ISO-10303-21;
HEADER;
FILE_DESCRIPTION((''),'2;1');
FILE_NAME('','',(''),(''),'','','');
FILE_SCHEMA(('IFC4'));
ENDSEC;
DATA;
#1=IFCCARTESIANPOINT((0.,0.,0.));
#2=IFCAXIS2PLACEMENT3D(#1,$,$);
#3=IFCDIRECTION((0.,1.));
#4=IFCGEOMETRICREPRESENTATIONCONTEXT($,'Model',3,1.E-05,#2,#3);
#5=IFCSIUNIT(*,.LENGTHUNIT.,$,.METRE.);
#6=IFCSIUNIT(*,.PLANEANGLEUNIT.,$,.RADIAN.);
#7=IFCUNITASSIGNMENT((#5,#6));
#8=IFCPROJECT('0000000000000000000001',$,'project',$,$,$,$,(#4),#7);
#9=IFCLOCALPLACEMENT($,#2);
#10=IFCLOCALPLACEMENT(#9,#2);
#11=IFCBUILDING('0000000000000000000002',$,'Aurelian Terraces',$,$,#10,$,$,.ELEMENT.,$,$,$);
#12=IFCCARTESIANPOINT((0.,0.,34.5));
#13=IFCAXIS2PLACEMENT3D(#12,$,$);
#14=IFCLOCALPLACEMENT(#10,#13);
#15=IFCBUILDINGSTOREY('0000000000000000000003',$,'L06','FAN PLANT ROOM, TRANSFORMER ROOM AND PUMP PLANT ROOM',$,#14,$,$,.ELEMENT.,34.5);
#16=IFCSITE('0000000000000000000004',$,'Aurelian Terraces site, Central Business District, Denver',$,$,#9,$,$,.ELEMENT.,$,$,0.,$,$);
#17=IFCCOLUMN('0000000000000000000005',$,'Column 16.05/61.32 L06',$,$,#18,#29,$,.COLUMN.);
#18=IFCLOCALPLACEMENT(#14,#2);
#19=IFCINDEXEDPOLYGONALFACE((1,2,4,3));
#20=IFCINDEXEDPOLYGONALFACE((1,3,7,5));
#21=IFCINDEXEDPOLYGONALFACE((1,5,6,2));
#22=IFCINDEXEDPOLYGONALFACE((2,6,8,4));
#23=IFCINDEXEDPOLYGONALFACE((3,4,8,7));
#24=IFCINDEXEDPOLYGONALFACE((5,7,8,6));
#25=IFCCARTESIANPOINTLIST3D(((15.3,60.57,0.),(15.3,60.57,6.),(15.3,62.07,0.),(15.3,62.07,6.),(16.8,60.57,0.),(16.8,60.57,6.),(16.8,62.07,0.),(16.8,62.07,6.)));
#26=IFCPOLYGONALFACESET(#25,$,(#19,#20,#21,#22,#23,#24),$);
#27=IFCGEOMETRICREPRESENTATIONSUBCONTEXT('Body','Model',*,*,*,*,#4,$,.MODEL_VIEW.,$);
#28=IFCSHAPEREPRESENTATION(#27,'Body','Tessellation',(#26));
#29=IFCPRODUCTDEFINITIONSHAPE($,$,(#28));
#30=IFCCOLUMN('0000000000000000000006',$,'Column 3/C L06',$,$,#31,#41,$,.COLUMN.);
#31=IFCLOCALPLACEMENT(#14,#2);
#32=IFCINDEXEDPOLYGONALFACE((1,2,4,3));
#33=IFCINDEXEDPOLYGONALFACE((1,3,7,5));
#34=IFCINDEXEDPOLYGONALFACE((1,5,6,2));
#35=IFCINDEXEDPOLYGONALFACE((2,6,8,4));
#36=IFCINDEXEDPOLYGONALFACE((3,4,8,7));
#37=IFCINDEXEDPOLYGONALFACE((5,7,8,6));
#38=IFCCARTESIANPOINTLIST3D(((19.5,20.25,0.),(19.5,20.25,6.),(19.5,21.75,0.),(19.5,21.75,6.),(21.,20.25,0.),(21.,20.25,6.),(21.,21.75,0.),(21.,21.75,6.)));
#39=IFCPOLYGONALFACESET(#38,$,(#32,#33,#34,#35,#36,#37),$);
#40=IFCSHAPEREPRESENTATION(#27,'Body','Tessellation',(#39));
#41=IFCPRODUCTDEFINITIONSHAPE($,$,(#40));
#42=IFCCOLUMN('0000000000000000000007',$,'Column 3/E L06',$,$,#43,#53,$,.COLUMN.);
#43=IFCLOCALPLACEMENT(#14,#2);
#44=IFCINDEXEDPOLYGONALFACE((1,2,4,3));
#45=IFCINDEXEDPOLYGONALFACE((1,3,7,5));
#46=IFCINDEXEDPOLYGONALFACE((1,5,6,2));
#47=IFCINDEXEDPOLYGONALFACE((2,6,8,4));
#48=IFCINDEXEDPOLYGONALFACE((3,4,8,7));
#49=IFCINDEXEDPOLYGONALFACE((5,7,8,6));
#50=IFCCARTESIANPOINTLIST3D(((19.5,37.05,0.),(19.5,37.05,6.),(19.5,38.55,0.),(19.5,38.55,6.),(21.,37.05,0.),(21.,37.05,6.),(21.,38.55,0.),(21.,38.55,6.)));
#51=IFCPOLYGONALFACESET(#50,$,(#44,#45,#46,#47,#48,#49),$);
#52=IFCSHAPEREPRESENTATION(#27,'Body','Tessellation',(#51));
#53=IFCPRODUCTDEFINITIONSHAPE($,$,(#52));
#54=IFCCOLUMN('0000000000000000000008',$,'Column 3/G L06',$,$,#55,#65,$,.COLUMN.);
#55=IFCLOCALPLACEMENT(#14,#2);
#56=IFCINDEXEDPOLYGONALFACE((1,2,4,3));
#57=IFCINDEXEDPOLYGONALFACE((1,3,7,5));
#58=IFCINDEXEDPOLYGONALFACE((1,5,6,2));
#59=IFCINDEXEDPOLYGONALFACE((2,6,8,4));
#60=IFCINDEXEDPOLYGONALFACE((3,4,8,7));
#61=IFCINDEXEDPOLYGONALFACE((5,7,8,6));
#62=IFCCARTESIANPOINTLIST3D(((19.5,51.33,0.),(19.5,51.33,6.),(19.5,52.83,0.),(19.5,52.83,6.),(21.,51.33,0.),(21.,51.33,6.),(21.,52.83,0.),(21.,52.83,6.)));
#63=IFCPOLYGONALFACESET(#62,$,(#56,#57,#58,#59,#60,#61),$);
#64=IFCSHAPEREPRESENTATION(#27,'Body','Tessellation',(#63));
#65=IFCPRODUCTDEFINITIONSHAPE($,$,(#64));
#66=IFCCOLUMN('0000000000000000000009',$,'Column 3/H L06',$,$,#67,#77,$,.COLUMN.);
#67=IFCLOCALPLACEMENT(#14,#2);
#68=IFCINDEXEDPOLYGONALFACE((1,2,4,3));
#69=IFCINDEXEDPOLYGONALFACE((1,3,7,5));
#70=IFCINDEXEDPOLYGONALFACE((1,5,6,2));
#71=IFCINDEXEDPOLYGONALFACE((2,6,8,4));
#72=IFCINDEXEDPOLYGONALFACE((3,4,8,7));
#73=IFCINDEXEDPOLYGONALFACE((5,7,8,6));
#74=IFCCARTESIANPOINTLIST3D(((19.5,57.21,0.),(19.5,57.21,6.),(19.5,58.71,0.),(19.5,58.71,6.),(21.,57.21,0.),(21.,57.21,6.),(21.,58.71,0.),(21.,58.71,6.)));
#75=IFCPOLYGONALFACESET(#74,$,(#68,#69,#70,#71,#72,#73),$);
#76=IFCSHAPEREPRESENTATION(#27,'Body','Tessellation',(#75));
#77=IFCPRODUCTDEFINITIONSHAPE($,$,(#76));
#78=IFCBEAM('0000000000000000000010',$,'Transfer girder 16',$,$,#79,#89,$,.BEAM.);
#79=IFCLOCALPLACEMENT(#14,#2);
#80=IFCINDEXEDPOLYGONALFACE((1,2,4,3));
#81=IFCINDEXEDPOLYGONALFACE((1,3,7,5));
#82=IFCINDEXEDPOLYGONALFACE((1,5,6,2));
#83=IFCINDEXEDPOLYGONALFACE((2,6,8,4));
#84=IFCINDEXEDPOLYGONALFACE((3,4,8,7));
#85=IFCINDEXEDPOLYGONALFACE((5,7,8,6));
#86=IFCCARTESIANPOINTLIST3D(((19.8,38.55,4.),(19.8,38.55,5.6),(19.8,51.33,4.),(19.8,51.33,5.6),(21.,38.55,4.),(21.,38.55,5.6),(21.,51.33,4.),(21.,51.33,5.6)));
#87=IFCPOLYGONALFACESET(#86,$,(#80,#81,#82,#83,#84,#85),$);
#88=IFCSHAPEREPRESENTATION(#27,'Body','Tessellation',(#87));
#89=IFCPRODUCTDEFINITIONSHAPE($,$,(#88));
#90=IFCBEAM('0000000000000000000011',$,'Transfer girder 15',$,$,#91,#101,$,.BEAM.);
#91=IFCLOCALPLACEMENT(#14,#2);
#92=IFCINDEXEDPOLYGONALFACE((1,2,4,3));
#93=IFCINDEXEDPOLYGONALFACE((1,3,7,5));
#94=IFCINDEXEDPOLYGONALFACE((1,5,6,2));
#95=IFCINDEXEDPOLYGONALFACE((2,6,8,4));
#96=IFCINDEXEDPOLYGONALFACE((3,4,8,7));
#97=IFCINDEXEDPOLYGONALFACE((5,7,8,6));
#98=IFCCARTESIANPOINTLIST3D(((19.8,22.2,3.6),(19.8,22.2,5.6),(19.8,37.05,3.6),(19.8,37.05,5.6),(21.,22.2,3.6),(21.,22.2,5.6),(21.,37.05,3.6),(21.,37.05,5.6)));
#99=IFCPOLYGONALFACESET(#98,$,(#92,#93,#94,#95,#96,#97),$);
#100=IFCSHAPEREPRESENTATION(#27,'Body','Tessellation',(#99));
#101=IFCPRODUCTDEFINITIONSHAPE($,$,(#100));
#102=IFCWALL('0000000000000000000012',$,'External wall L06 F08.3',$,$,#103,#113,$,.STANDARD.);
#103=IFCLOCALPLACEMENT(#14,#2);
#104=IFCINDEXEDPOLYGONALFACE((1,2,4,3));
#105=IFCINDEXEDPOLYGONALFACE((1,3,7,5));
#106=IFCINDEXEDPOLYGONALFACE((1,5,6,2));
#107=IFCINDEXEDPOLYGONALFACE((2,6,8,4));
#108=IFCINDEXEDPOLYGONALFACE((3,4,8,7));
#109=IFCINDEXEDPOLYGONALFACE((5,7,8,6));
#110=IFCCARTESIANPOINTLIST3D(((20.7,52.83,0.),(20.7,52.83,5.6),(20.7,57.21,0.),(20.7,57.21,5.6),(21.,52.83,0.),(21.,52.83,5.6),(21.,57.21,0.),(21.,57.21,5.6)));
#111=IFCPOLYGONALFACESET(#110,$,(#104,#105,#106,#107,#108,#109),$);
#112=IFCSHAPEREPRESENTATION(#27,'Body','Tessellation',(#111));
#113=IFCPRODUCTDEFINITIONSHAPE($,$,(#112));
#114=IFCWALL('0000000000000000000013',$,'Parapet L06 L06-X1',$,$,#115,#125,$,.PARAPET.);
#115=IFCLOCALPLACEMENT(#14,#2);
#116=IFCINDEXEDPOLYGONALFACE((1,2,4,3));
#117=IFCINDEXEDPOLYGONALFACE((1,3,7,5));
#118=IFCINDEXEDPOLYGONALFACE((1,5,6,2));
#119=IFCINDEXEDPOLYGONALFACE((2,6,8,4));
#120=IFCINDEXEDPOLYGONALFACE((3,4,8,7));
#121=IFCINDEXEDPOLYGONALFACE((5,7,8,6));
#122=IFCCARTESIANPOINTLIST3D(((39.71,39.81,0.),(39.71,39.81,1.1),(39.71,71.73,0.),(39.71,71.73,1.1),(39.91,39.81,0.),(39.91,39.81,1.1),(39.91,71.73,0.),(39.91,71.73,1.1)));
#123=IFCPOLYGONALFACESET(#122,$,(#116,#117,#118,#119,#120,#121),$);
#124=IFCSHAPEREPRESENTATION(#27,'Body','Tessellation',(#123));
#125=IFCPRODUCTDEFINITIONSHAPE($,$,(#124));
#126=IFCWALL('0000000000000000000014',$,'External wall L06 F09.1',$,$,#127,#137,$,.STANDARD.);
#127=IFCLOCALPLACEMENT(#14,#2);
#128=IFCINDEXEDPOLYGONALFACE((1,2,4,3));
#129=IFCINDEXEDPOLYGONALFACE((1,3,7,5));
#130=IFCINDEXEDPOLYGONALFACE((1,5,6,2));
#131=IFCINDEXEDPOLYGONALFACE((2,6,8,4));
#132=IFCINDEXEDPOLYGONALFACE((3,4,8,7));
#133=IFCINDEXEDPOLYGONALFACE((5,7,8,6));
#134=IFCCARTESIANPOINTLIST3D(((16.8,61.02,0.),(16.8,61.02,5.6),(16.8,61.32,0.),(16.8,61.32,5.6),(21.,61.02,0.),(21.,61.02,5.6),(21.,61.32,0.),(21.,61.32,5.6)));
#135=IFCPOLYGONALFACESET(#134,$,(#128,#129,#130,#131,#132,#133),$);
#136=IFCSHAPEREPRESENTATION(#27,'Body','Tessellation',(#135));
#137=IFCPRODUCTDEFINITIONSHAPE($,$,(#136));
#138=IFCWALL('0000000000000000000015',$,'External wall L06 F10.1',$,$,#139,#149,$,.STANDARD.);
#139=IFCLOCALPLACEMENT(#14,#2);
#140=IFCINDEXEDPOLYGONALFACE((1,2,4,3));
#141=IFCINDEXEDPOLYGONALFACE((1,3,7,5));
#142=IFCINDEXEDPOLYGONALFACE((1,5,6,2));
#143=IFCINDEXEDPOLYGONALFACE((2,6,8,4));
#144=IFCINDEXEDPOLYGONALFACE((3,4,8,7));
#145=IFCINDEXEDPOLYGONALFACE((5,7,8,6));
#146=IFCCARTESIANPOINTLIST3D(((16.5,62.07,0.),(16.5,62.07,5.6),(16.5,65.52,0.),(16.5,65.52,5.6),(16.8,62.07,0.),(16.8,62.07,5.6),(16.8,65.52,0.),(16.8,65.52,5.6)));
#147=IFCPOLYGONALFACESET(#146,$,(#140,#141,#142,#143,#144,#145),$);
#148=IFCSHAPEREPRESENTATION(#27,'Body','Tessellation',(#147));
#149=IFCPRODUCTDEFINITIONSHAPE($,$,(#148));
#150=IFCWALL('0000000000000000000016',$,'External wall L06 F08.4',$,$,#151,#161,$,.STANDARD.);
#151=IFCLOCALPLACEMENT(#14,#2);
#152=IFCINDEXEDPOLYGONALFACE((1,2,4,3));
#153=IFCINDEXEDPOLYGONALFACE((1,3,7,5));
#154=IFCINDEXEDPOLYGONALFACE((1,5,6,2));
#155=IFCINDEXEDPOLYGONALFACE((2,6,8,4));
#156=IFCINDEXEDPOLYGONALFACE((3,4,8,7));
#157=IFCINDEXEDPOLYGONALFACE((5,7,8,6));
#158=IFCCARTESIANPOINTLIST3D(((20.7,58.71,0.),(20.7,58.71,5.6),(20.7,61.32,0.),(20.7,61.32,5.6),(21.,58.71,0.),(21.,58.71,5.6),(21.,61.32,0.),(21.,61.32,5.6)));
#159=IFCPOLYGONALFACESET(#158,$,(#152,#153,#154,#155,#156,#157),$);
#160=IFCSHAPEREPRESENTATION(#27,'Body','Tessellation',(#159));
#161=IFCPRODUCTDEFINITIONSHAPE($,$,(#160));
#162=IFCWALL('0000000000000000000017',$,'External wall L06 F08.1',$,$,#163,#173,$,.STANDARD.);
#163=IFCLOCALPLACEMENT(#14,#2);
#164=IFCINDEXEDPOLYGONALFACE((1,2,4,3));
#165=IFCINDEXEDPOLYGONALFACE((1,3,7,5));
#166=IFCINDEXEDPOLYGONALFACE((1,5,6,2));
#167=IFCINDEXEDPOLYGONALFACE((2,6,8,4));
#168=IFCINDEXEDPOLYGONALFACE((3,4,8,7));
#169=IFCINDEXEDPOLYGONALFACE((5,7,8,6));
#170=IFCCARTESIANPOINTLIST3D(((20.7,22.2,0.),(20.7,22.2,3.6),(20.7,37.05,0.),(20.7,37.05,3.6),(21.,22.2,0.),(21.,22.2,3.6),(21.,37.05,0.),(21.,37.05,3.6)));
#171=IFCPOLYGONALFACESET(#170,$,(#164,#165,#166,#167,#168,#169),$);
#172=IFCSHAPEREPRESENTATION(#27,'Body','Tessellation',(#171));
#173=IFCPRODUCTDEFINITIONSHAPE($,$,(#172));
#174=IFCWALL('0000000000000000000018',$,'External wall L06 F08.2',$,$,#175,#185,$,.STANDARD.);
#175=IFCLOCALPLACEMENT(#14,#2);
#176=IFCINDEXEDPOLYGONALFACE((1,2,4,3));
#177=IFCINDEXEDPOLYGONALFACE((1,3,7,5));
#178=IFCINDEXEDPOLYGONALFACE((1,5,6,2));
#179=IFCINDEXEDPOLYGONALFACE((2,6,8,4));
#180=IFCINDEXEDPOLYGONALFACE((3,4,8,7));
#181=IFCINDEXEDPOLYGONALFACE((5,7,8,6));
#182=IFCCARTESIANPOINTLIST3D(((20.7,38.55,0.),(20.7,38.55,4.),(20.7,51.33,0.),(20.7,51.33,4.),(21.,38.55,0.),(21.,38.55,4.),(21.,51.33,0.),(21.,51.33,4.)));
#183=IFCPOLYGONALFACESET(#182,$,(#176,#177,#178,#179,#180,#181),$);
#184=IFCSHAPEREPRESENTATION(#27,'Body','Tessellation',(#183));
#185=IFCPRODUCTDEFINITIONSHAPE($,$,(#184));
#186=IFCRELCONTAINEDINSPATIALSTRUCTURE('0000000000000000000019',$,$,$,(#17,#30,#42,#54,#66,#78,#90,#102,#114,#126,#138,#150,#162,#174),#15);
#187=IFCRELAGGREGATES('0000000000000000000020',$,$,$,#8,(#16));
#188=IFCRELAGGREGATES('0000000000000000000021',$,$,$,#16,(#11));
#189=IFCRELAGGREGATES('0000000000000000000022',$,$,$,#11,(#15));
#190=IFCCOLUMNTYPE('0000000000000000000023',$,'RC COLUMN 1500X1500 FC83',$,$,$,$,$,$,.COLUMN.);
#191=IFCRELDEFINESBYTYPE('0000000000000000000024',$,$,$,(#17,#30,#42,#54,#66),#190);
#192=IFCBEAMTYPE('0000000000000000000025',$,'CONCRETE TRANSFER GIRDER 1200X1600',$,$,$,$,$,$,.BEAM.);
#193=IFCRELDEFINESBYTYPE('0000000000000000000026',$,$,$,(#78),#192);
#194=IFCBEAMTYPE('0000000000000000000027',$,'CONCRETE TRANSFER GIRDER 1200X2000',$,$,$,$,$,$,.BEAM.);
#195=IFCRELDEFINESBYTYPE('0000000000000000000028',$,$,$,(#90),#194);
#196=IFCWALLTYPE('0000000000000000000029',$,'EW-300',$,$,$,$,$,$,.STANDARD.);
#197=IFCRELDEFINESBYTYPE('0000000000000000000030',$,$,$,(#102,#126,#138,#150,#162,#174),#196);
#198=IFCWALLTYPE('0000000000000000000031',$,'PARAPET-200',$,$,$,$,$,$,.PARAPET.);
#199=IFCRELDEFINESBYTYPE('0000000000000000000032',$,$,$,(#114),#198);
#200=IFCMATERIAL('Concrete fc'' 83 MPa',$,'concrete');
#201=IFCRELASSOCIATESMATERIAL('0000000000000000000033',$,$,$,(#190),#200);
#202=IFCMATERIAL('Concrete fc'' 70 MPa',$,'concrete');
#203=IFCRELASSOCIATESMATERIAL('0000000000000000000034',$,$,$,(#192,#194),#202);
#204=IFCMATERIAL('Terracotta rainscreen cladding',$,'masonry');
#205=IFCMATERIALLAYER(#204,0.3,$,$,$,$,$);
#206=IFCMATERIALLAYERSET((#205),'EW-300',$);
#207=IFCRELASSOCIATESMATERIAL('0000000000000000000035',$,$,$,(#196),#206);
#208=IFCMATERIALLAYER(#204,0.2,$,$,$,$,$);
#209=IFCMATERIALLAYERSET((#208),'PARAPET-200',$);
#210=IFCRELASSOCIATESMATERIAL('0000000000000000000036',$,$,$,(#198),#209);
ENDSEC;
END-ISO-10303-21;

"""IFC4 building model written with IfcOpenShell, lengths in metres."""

from ifc_helpers import new_model, si_unit, direction, frame, frame_2d, origin, origin_2d, place, context, subcontext, project, spatial, rectangle, extrude, source, transform, mapped, material, layer, layer_set, material_profile, profile_set, type_object, element, save


model = new_model("IFC4")

# Units and contexts
model_context = context("Model", 3, precision=1e-05, world=origin(), true_north=direction((0.0, 1.0)))
body_context = subcontext(model_context, "Body", "Model", "MODEL_VIEW")
ifc_project = project(units=[si_unit("LENGTHUNIT", "METRE"), si_unit("PLANEANGLEUNIT", "RADIAN")], contexts=[model_context])

# Site, building, storey
site_placement = place(None, origin())
site = spatial("IfcSite", under=ifc_project, at=site_placement, Name="Aurelian Terraces site, Central Business District, Denver", CompositionType="ELEMENT", RefElevation=0.0)
building_placement = place(site_placement, origin())
building = spatial("IfcBuilding", under=site, at=building_placement, Name="Aurelian Terraces", CompositionType="ELEMENT")
storey_placement = place(building_placement, frame((0.0, 0.0, 34.5)))
storey = spatial("IfcBuildingStorey", under=building, at=storey_placement, Name="L06", Description="FAN PLANT ROOM, TRANSFORMER ROOM AND PUMP PLANT ROOM", CompositionType="ELEMENT", Elevation=34.5)

# Columns
ifc_material_1 = material(Name="Concrete fc' 83 MPa", Category="concrete")
ifc_material_profile_1 = material_profile(ifc_material_1, rectangle(XDim=1.5, YDim=1.5, at=origin_2d()))
ifc_profile_set_1 = profile_set([ifc_material_profile_1], Name="Concrete fc' 83 MPa")
column_type = type_object("IfcColumnType", Name="RC COLUMN 1500X1500 FC83", PredefinedType="COLUMN", material=ifc_profile_set_1)
shared_shape_1 = source(origin(), body_context, "Body", "SweptSolid", [
    extrude(rectangle(XDim=1.5, YDim=1.5, at=origin_2d()), origin(), (0.0, 0.0, 1.0), 6.0),
])
for number, where, z_axis, x_axis, name in (
    (1, (16.05, 61.32, 0.0), (0.0, 0.0, 1.0), (1.0, 0.0, 0.0), "Column 16.05/61.32 L06"),
    (2, (20.25, 21.0, 0.0), (0.0, 0.0, 1.0), (1.0, 0.0, 0.0), "Column 3/C L06"),
    (3, (20.25, 37.8, 0.0), (0.0, 0.0, 1.0), (1.0, 0.0, 0.0), "Column 3/E L06"),
    (4, (20.25, 52.08, 0.0), (0.0, 0.0, 1.0), (1.0, 0.0, 0.0), "Column 3/G L06"),
    (5, (20.25, 57.96, 0.0), (0.0, 0.0, 1.0), (1.0, 0.0, 0.0), "Column 3/H L06"),
):
    element("IfcColumn", number, at=place(storey_placement, frame(where, z_axis=z_axis, x_axis=x_axis)), inside=storey, type_object=column_type, Name=name, PredefinedType="COLUMN", context=body_context, shape_type="MappedRepresentation", body=[
        mapped(shared_shape_1, transform((0.0, 0.0, 0.0), scale=1.0)),
    ])

# Beams
ifc_material_2 = material(Name="Concrete fc' 70 MPa", Category="concrete")
ifc_material_profile_2 = material_profile(ifc_material_2, rectangle(XDim=1.2, YDim=1.6, at=origin_2d()))
ifc_profile_set_2 = profile_set([ifc_material_profile_2], Name="Concrete fc' 70 MPa")
beam_type_1 = type_object("IfcBeamType", Name="CONCRETE TRANSFER GIRDER 1200X1600", PredefinedType="BEAM", material=ifc_profile_set_2)
shared_shape_2 = source(origin(), body_context, "Body", "SweptSolid", [
    extrude(rectangle(XDim=1.2, YDim=1.6, at=origin_2d()), origin(), (0.0, 0.0, 1.0), 12.78),
])
beam_1_placement = place(storey_placement, frame((20.4, 38.55, 4.8), z_axis=(0.0, 1.0, 0.0), x_axis=(-1.0, 0.0, 0.0)))
element("IfcBeam", 6, at=beam_1_placement, inside=storey, type_object=beam_type_1, Name="Transfer girder 16", PredefinedType="BEAM", context=body_context, shape_type="MappedRepresentation", body=[
    mapped(shared_shape_2, transform((0.0, 0.0, 0.0), scale=1.0)),
])
ifc_material_profile_3 = material_profile(ifc_material_2, rectangle(XDim=1.2, YDim=2.0, at=origin_2d()))
ifc_profile_set_3 = profile_set([ifc_material_profile_3], Name="Concrete fc' 70 MPa")
beam_type_2 = type_object("IfcBeamType", Name="CONCRETE TRANSFER GIRDER 1200X2000", PredefinedType="BEAM", material=ifc_profile_set_3)
shared_shape_3 = source(origin(), body_context, "Body", "SweptSolid", [
    extrude(rectangle(XDim=1.2, YDim=2.0, at=origin_2d()), origin(), (0.0, 0.0, 1.0), 14.85),
])
beam_2_placement = place(storey_placement, frame((20.4, 22.2, 4.6), z_axis=(0.0, 1.0, 0.0), x_axis=(-1.0, 0.0, 0.0)))
element("IfcBeam", 7, at=beam_2_placement, inside=storey, type_object=beam_type_2, Name="Transfer girder 15", PredefinedType="BEAM", context=body_context, shape_type="MappedRepresentation", body=[
    mapped(shared_shape_3, transform((0.0, 0.0, 0.0), scale=1.0)),
])

# Walls
ifc_material_3 = material(Name="Terracotta rainscreen cladding", Category="masonry")
ifc_layer_1 = layer(ifc_material_3, 0.3)
ifc_layer_set_1 = layer_set([ifc_layer_1], Name="EW-300")
wall_type_1 = type_object("IfcWallType", Name="EW-300", PredefinedType="STANDARD", material=ifc_layer_set_1)
wall_1_placement = place(storey_placement, frame((20.85, 52.83, 0.0), z_axis=(0.0, 0.0, 1.0), x_axis=(0.0, 1.0, 0.0)))
element("IfcWall", 8, at=wall_1_placement, inside=storey, type_object=wall_type_1, Name="External wall L06 F08.3", PredefinedType="STANDARD", context=body_context, shape_type="SweptSolid", body=[
    extrude(rectangle(XDim=4.38, YDim=0.3, at=frame_2d((2.19, 0.0))), origin(), (0.0, 0.0, 1.0), 5.6),
])
ifc_layer_2 = layer(ifc_material_3, 0.2)
ifc_layer_set_2 = layer_set([ifc_layer_2], Name="PARAPET-200")
wall_type_2 = type_object("IfcWallType", Name="PARAPET-200", PredefinedType="PARAPET", material=ifc_layer_set_2)
wall_2_placement = place(storey_placement, frame((39.81, 71.73, 0.0), z_axis=(0.0, 0.0, 1.0), x_axis=(0.0, -1.0, 0.0)))
element("IfcWall", 9, at=wall_2_placement, inside=storey, type_object=wall_type_2, Name="Parapet L06 L06-X1", PredefinedType="PARAPET", context=body_context, shape_type="SweptSolid", body=[
    extrude(rectangle(XDim=31.92, YDim=0.2, at=frame_2d((15.96, 0.0))), origin(), (0.0, 0.0, 1.0), 1.1),
])
shared_shape_4 = source(origin(), body_context, "Body", "SweptSolid", [
    extrude(rectangle(XDim=4.2, YDim=0.3, at=frame_2d((2.1, 0.0))), origin(), (0.0, 0.0, 1.0), 5.6),
])
wall_3_placement = place(storey_placement, frame((21.0, 61.17, 0.0), z_axis=(0.0, 0.0, 1.0), x_axis=(-1.0, 0.0, 0.0)))
element("IfcWall", 10, at=wall_3_placement, inside=storey, type_object=wall_type_1, Name="External wall L06 F09.1", PredefinedType="STANDARD", context=body_context, shape_type="MappedRepresentation", body=[
    mapped(shared_shape_4, transform((0.0, 0.0, 0.0), scale=1.0)),
])
shared_shape_5 = source(origin(), body_context, "Body", "SweptSolid", [
    extrude(rectangle(XDim=3.45, YDim=0.3, at=frame_2d((1.725, 0.0))), origin(), (0.0, 0.0, 1.0), 5.6),
])
wall_4_placement = place(storey_placement, frame((16.65, 62.07, 0.0), z_axis=(0.0, 0.0, 1.0), x_axis=(0.0, 1.0, 0.0)))
element("IfcWall", 11, at=wall_4_placement, inside=storey, type_object=wall_type_1, Name="External wall L06 F10.1", PredefinedType="STANDARD", context=body_context, shape_type="MappedRepresentation", body=[
    mapped(shared_shape_5, transform((0.0, 0.0, 0.0), scale=1.0)),
])
shared_shape_6 = source(origin(), body_context, "Body", "SweptSolid", [
    extrude(rectangle(XDim=2.61, YDim=0.3, at=frame_2d((1.305, 0.0))), origin(), (0.0, 0.0, 1.0), 5.6),
])
wall_5_placement = place(storey_placement, frame((20.85, 58.71, 0.0), z_axis=(0.0, 0.0, 1.0), x_axis=(0.0, 1.0, 0.0)))
element("IfcWall", 12, at=wall_5_placement, inside=storey, type_object=wall_type_1, Name="External wall L06 F08.4", PredefinedType="STANDARD", context=body_context, shape_type="MappedRepresentation", body=[
    mapped(shared_shape_6, transform((0.0, 0.0, 0.0), scale=1.0)),
])
shared_shape_7 = source(origin(), body_context, "Body", "SweptSolid", [
    extrude(rectangle(XDim=14.85, YDim=0.3, at=frame_2d((7.425, 0.0))), origin(), (0.0, 0.0, 1.0), 3.6),
])
wall_6_placement = place(storey_placement, frame((20.85, 22.2, 0.0), z_axis=(0.0, 0.0, 1.0), x_axis=(0.0, 1.0, 0.0)))
element("IfcWall", 13, at=wall_6_placement, inside=storey, type_object=wall_type_1, Name="External wall L06 F08.1", PredefinedType="STANDARD", context=body_context, shape_type="MappedRepresentation", body=[
    mapped(shared_shape_7, transform((0.0, 0.0, 0.0), scale=1.0)),
])
shared_shape_8 = source(origin(), body_context, "Body", "SweptSolid", [
    extrude(rectangle(XDim=12.78, YDim=0.3, at=frame_2d((6.39, 0.0))), origin(), (0.0, 0.0, 1.0), 4.0),
])
wall_7_placement = place(storey_placement, frame((20.85, 38.55, 0.0), z_axis=(0.0, 0.0, 1.0), x_axis=(0.0, 1.0, 0.0)))
element("IfcWall", 14, at=wall_7_placement, inside=storey, type_object=wall_type_1, Name="External wall L06 F08.2", PredefinedType="STANDARD", context=body_context, shape_type="MappedRepresentation", body=[
    mapped(shared_shape_8, transform((0.0, 0.0, 0.0), scale=1.0)),
])

save(model, "model.ifc")
